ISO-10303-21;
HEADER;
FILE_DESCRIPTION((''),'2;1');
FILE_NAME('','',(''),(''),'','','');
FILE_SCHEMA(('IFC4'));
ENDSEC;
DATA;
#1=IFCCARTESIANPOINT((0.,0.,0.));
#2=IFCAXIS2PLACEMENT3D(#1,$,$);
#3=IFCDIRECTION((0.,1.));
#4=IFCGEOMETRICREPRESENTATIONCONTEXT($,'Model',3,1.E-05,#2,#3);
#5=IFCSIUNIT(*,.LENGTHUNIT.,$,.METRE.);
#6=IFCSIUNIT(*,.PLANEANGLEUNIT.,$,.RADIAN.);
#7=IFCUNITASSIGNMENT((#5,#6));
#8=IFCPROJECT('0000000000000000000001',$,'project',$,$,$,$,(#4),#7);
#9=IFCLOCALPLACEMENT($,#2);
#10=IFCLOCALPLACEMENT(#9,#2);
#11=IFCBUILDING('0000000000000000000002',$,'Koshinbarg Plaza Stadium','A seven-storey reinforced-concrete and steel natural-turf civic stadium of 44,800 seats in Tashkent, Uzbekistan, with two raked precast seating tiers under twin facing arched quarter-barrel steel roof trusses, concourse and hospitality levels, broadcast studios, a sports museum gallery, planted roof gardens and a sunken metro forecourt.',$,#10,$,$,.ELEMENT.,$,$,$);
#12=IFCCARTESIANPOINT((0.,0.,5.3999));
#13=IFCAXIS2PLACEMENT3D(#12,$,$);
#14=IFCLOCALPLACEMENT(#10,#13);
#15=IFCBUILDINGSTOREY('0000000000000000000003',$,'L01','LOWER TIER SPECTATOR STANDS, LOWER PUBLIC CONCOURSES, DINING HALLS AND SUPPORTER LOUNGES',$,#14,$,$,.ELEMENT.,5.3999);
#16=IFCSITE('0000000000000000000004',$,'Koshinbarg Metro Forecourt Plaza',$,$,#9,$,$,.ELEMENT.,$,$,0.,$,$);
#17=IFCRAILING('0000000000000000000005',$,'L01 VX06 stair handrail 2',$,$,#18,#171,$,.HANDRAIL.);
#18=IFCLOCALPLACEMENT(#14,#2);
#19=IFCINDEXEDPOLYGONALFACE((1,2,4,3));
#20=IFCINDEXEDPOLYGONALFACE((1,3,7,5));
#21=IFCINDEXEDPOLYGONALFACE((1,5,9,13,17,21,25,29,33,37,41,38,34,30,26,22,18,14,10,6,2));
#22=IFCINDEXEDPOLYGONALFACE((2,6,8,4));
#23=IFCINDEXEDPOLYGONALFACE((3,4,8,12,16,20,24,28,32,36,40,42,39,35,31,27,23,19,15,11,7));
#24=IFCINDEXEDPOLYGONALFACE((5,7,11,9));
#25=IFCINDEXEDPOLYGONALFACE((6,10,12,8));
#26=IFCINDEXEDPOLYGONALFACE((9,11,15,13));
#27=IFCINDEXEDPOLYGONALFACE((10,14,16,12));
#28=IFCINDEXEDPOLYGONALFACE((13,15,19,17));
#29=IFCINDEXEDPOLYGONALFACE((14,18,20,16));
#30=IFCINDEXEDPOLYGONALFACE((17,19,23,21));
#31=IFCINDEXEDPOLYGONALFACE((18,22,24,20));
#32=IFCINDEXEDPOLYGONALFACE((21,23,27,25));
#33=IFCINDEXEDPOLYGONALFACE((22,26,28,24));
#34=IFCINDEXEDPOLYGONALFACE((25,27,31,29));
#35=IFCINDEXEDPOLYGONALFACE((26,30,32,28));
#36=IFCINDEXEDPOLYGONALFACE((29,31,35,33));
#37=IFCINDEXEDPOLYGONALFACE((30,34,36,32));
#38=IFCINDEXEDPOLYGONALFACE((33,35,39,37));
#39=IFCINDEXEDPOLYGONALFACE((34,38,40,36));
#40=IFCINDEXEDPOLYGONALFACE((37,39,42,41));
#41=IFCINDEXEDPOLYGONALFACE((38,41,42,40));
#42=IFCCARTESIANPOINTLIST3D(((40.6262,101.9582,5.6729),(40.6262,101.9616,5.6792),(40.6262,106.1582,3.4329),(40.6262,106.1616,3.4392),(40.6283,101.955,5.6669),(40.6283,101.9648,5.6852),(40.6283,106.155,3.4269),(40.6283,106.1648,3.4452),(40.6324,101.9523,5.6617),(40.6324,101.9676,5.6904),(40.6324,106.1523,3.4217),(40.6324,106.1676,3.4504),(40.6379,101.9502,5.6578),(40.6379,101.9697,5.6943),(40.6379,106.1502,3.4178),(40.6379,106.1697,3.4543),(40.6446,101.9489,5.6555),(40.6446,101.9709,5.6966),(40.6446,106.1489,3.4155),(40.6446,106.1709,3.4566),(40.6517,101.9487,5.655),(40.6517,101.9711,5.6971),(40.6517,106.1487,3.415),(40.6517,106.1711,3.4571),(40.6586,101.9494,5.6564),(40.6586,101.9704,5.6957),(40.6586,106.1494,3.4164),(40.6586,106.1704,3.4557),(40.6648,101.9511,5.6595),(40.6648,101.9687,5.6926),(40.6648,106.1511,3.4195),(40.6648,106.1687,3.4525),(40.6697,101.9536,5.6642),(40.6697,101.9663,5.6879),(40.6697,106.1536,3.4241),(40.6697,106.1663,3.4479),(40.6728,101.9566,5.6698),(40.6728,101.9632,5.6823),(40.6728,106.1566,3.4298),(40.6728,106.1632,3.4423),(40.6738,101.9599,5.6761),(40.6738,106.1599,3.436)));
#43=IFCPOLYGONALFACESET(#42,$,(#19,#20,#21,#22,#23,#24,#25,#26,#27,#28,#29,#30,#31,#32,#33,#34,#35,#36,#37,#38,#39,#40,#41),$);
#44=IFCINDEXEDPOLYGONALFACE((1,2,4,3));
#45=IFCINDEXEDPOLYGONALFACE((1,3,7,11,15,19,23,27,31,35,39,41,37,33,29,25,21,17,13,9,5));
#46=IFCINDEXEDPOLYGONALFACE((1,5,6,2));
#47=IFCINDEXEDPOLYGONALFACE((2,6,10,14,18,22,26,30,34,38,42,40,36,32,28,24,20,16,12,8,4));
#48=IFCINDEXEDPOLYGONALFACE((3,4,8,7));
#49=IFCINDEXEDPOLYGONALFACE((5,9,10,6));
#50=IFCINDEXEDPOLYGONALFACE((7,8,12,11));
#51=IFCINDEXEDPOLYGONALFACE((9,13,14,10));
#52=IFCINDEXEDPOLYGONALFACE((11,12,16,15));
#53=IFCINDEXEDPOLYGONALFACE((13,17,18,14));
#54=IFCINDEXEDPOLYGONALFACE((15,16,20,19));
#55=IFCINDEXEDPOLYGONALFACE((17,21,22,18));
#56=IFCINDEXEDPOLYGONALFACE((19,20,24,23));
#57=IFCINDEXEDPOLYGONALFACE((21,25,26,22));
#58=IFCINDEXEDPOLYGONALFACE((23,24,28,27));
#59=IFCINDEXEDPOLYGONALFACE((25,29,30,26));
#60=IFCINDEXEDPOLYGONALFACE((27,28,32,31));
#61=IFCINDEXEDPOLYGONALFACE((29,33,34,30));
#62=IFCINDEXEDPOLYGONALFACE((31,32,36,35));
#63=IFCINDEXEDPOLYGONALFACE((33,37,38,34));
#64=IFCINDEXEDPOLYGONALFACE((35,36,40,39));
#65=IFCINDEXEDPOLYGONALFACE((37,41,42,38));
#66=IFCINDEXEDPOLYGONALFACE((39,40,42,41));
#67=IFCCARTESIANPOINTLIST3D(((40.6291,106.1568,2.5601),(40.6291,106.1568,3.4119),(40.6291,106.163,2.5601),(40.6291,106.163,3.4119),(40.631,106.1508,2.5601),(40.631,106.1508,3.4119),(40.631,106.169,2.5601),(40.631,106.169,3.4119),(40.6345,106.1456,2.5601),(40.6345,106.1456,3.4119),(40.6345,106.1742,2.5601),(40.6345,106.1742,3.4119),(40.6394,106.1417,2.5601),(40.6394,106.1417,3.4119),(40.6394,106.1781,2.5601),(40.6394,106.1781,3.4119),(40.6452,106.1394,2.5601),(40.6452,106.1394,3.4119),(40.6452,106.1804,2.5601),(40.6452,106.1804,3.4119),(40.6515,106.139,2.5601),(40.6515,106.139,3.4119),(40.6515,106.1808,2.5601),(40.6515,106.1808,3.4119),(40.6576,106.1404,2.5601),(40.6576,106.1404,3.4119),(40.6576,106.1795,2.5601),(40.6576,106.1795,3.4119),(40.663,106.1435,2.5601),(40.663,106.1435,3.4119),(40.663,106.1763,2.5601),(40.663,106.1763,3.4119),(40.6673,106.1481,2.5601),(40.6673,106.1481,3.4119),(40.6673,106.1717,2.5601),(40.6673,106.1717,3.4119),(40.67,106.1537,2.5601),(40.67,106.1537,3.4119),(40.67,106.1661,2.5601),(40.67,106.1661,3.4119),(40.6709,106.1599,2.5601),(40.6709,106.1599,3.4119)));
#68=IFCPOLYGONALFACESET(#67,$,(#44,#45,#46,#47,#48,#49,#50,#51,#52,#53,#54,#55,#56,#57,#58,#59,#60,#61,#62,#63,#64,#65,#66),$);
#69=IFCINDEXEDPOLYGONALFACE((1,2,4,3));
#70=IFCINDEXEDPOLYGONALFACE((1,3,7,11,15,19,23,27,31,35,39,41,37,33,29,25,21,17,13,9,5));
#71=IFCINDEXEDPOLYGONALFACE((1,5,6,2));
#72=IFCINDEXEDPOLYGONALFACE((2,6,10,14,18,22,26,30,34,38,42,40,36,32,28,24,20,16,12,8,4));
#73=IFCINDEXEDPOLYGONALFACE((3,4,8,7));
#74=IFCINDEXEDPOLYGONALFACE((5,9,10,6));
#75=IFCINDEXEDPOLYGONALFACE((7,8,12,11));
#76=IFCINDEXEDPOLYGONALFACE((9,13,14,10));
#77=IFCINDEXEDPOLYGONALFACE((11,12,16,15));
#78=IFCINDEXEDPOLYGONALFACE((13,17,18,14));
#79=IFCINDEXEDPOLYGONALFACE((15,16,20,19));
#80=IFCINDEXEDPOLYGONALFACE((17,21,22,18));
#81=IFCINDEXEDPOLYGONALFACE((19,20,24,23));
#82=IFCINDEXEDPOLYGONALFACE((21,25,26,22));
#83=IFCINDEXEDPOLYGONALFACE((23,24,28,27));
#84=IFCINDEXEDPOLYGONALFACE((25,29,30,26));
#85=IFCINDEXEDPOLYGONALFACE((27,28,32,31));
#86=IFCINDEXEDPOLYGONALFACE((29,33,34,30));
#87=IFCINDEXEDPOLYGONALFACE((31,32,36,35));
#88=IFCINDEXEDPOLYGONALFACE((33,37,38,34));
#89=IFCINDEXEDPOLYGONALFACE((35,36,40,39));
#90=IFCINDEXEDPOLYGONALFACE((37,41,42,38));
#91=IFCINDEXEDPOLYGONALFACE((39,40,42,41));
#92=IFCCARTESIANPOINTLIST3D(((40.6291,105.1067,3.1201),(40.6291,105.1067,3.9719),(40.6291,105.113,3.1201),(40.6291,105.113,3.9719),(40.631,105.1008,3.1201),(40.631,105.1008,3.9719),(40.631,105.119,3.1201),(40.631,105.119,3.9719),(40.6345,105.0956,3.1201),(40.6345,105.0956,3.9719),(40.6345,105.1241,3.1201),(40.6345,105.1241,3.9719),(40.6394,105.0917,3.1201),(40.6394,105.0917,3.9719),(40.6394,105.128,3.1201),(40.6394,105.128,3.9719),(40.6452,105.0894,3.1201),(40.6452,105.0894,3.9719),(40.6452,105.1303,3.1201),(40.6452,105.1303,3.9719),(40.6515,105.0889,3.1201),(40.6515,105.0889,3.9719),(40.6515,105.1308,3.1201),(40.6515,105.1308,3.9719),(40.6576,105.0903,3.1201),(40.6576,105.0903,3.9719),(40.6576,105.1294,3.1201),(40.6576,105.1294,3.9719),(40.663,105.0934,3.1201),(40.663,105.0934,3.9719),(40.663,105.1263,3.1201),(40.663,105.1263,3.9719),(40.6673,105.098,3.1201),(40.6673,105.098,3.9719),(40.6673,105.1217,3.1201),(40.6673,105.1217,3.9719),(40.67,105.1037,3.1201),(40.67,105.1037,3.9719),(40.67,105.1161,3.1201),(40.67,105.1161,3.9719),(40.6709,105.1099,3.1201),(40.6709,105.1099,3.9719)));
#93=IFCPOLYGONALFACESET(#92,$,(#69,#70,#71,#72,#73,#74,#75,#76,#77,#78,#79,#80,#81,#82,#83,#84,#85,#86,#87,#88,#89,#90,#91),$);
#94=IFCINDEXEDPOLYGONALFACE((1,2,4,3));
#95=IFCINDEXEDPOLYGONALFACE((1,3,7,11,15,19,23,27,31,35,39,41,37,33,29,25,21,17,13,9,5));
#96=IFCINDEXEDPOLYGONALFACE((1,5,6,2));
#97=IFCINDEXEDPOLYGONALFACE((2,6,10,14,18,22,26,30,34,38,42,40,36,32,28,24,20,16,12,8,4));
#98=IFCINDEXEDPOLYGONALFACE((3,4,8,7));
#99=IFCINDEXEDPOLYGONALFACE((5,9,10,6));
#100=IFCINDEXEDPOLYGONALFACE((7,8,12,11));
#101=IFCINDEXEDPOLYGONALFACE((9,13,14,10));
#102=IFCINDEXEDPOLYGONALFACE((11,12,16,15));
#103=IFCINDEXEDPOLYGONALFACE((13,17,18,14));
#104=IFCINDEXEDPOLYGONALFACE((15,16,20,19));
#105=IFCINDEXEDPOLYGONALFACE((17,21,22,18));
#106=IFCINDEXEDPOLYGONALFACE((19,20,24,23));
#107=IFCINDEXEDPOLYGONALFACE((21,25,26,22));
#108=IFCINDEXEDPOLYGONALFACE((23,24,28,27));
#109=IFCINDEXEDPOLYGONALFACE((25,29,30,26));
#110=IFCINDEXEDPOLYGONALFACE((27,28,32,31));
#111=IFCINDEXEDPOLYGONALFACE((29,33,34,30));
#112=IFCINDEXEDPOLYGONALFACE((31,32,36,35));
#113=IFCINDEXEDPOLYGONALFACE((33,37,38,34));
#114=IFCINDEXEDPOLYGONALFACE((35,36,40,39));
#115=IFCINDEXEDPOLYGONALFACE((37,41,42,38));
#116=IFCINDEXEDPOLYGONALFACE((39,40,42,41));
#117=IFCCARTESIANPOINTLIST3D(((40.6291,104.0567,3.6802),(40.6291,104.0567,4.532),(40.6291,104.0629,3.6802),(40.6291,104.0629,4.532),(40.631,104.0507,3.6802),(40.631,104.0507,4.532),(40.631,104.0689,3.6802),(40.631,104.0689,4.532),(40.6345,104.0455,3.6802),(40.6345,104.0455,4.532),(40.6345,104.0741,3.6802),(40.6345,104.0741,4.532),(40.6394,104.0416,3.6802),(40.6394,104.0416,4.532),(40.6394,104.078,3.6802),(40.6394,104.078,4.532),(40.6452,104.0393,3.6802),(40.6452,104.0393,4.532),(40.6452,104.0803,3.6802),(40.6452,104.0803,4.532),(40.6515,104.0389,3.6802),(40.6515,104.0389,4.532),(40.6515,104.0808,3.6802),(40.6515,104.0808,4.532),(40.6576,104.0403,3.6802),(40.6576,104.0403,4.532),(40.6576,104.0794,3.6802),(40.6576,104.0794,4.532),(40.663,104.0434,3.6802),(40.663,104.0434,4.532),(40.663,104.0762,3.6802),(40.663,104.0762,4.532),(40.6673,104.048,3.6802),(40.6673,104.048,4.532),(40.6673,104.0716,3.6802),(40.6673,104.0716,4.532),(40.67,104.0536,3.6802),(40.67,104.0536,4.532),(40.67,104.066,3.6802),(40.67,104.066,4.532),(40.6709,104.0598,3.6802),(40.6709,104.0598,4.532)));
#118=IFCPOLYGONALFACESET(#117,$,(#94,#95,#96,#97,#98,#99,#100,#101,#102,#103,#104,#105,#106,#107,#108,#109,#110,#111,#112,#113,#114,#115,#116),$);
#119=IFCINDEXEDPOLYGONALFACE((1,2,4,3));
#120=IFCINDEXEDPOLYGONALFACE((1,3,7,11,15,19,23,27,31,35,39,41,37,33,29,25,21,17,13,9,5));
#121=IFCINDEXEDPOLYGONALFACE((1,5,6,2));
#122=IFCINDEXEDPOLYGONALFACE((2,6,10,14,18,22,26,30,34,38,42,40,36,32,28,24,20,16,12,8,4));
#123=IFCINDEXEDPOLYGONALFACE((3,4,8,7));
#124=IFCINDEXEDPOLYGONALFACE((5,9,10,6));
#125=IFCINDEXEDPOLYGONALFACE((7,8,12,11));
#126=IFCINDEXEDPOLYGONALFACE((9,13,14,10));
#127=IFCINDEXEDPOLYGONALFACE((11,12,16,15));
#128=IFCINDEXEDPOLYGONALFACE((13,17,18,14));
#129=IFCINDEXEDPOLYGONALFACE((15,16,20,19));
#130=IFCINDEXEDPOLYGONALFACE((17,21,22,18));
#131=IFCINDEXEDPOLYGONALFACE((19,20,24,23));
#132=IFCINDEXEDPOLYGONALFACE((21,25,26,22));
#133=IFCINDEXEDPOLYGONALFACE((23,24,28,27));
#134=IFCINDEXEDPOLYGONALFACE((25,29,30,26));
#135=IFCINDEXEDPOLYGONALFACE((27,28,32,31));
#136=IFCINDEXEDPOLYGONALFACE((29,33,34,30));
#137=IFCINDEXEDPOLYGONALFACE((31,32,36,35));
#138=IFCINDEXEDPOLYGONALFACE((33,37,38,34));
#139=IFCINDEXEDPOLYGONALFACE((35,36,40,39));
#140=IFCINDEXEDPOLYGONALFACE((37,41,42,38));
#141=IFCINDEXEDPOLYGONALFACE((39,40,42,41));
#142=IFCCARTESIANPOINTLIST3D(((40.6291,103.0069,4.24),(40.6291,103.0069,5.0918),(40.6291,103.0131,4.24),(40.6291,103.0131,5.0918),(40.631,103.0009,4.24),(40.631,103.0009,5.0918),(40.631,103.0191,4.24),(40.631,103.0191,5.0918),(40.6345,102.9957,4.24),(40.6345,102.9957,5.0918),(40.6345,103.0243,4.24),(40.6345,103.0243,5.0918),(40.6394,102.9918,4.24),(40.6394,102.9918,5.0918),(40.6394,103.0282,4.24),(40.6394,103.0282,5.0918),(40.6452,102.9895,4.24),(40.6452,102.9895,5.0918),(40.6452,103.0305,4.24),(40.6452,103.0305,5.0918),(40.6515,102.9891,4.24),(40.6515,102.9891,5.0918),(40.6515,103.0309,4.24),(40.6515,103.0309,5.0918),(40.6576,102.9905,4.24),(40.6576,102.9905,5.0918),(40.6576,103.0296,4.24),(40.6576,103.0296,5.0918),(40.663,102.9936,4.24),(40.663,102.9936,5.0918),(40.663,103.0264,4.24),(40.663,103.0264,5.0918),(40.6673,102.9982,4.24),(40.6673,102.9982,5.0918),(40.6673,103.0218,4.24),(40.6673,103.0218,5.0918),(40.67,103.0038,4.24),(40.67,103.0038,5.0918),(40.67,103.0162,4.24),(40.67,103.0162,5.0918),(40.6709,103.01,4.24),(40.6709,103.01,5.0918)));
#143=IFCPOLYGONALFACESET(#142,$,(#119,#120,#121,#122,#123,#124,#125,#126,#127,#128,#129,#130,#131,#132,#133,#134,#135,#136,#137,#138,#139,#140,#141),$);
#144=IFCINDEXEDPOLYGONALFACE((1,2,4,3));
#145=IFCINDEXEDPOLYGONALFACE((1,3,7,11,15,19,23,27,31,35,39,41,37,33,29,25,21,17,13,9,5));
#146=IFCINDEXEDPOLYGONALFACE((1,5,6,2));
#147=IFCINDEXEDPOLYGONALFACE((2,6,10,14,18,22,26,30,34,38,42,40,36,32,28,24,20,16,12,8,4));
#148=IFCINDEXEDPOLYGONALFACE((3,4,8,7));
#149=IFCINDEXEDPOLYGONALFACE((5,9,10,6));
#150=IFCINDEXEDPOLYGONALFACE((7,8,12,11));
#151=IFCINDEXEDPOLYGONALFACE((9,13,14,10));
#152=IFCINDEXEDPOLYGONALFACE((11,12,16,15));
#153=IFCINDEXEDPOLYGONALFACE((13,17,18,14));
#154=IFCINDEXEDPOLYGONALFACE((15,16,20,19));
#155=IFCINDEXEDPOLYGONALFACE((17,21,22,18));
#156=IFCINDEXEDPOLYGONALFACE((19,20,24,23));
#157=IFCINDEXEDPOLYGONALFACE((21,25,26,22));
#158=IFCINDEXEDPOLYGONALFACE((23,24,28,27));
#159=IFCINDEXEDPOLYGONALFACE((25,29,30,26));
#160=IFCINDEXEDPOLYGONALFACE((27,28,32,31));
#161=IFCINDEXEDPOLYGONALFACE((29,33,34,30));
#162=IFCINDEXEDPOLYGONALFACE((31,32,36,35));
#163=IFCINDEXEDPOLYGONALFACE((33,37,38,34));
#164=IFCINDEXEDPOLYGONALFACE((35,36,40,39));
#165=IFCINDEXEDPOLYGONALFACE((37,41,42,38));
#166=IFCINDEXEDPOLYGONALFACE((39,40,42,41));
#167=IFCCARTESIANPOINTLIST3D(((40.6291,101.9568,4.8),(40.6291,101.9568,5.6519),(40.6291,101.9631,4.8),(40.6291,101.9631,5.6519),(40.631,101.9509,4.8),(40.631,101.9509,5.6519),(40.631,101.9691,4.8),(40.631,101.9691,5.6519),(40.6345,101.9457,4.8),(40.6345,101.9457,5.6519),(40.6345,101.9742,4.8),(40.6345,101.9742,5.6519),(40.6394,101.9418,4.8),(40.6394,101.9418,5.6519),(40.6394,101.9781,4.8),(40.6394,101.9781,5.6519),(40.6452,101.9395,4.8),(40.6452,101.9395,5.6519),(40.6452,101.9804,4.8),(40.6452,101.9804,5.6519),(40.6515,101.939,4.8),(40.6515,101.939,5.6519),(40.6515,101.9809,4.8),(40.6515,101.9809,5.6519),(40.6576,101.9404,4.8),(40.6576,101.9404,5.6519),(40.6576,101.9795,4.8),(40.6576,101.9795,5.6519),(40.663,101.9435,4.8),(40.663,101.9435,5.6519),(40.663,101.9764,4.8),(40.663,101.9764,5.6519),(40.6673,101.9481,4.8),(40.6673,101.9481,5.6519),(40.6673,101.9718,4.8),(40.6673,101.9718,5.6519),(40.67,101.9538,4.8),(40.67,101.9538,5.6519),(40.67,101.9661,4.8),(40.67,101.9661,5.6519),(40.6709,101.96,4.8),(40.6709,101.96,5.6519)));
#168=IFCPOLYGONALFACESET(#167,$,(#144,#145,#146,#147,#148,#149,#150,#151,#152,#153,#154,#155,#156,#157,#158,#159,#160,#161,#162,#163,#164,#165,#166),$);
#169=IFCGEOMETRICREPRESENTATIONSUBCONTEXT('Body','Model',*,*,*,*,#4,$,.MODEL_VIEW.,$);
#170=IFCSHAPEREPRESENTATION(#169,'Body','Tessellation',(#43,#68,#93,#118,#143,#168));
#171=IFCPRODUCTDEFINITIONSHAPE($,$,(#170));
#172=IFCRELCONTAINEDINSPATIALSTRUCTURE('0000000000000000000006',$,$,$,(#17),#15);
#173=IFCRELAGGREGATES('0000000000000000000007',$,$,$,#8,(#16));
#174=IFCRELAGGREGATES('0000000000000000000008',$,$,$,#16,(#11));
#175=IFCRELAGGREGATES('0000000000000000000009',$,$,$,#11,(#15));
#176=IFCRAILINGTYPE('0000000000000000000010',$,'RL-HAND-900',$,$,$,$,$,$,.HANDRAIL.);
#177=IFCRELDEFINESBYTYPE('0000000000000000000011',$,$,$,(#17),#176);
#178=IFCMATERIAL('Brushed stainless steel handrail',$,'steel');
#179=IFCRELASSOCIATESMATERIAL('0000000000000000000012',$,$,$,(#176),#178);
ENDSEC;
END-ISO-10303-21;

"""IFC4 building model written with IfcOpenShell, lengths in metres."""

from ifc_helpers import new_model, si_unit, direction, frame, origin, origin_2d, place, context, subcontext, project, spatial, circle, extrude, material, type_object, element, save


model = new_model("IFC4")

# Units and contexts
model_context = context("Model", 3, precision=1e-05, world=origin(), true_north=direction((0.0, 1.0)))
body_context = subcontext(model_context, "Body", "Model", "MODEL_VIEW")
ifc_project = project(units=[si_unit("LENGTHUNIT", "METRE"), si_unit("PLANEANGLEUNIT", "RADIAN")], contexts=[model_context])

# Site, building, storey
site_placement = place(None, origin())
site = spatial("IfcSite", under=ifc_project, at=site_placement, Name="Koshinbarg Metro Forecourt Plaza", CompositionType="ELEMENT", RefElevation=0.0)
building_placement = place(site_placement, origin())
building = spatial("IfcBuilding", under=site, at=building_placement, Name="Koshinbarg Plaza Stadium", Description="A seven-storey reinforced-concrete and steel natural-turf civic stadium of 44,800 seats in Tashkent, Uzbekistan, with two raked precast seating tiers under twin facing arched quarter-barrel steel roof trusses, concourse and hospitality levels, broadcast studios, a sports museum gallery, planted roof gardens and a sunken metro forecourt.", CompositionType="ELEMENT")
storey_placement = place(building_placement, frame((0.0, 0.0, 5.3999)))
storey = spatial("IfcBuildingStorey", under=building, at=storey_placement, Name="L01", Description="LOWER TIER SPECTATOR STANDS, LOWER PUBLIC CONCOURSES, DINING HALLS AND SUPPORTER LOUNGES", CompositionType="ELEMENT", Elevation=5.3999)

# Railing
ifc_material_1 = material(Name="Brushed stainless steel handrail", Category="steel")
railing_type_1 = type_object("IfcRailingType", Name="RL-HAND-900", PredefinedType="HANDRAIL", material=ifc_material_1)
railing_1_placement = place(storey_placement, frame((40.6499, 106.1599, 2.5601)))
element("IfcRailing", 1, at=railing_1_placement, inside=storey, type_object=railing_type_1, Name="L01 VX06 stair handrail 2", PredefinedType="HANDRAIL", context=body_context, shape_type="SweptSolid", body=[
    extrude(circle(Radius=0.0239, at=origin_2d()), frame((0.0, 0.0, 0.876), z_axis=(0.0, -0.882352, 0.470591), x_axis=(1.0, 0.0, 0.0)), (0.0, 0.0, 1.0), 4.76),
    extrude(circle(Radius=0.021, at=origin_2d()), origin(), (0.0, 0.0, 1.0), 0.8518),
    extrude(circle(Radius=0.021, at=origin_2d()), frame((0.0, -1.05, 0.5601)), (0.0, 0.0, 1.0), 0.8518),
    extrude(circle(Radius=0.021, at=origin_2d()), frame((0.0, -2.1001, 1.1201)), (0.0, 0.0, 1.0), 0.8518),
    extrude(circle(Radius=0.021, at=origin_2d()), frame((0.0, -3.1499, 1.6799)), (0.0, 0.0, 1.0), 0.8518),
    extrude(circle(Radius=0.021, at=origin_2d()), frame((0.0, -4.2, 2.24)), (0.0, 0.0, 1.0), 0.8518),
])

save(model, "model.ifc")
